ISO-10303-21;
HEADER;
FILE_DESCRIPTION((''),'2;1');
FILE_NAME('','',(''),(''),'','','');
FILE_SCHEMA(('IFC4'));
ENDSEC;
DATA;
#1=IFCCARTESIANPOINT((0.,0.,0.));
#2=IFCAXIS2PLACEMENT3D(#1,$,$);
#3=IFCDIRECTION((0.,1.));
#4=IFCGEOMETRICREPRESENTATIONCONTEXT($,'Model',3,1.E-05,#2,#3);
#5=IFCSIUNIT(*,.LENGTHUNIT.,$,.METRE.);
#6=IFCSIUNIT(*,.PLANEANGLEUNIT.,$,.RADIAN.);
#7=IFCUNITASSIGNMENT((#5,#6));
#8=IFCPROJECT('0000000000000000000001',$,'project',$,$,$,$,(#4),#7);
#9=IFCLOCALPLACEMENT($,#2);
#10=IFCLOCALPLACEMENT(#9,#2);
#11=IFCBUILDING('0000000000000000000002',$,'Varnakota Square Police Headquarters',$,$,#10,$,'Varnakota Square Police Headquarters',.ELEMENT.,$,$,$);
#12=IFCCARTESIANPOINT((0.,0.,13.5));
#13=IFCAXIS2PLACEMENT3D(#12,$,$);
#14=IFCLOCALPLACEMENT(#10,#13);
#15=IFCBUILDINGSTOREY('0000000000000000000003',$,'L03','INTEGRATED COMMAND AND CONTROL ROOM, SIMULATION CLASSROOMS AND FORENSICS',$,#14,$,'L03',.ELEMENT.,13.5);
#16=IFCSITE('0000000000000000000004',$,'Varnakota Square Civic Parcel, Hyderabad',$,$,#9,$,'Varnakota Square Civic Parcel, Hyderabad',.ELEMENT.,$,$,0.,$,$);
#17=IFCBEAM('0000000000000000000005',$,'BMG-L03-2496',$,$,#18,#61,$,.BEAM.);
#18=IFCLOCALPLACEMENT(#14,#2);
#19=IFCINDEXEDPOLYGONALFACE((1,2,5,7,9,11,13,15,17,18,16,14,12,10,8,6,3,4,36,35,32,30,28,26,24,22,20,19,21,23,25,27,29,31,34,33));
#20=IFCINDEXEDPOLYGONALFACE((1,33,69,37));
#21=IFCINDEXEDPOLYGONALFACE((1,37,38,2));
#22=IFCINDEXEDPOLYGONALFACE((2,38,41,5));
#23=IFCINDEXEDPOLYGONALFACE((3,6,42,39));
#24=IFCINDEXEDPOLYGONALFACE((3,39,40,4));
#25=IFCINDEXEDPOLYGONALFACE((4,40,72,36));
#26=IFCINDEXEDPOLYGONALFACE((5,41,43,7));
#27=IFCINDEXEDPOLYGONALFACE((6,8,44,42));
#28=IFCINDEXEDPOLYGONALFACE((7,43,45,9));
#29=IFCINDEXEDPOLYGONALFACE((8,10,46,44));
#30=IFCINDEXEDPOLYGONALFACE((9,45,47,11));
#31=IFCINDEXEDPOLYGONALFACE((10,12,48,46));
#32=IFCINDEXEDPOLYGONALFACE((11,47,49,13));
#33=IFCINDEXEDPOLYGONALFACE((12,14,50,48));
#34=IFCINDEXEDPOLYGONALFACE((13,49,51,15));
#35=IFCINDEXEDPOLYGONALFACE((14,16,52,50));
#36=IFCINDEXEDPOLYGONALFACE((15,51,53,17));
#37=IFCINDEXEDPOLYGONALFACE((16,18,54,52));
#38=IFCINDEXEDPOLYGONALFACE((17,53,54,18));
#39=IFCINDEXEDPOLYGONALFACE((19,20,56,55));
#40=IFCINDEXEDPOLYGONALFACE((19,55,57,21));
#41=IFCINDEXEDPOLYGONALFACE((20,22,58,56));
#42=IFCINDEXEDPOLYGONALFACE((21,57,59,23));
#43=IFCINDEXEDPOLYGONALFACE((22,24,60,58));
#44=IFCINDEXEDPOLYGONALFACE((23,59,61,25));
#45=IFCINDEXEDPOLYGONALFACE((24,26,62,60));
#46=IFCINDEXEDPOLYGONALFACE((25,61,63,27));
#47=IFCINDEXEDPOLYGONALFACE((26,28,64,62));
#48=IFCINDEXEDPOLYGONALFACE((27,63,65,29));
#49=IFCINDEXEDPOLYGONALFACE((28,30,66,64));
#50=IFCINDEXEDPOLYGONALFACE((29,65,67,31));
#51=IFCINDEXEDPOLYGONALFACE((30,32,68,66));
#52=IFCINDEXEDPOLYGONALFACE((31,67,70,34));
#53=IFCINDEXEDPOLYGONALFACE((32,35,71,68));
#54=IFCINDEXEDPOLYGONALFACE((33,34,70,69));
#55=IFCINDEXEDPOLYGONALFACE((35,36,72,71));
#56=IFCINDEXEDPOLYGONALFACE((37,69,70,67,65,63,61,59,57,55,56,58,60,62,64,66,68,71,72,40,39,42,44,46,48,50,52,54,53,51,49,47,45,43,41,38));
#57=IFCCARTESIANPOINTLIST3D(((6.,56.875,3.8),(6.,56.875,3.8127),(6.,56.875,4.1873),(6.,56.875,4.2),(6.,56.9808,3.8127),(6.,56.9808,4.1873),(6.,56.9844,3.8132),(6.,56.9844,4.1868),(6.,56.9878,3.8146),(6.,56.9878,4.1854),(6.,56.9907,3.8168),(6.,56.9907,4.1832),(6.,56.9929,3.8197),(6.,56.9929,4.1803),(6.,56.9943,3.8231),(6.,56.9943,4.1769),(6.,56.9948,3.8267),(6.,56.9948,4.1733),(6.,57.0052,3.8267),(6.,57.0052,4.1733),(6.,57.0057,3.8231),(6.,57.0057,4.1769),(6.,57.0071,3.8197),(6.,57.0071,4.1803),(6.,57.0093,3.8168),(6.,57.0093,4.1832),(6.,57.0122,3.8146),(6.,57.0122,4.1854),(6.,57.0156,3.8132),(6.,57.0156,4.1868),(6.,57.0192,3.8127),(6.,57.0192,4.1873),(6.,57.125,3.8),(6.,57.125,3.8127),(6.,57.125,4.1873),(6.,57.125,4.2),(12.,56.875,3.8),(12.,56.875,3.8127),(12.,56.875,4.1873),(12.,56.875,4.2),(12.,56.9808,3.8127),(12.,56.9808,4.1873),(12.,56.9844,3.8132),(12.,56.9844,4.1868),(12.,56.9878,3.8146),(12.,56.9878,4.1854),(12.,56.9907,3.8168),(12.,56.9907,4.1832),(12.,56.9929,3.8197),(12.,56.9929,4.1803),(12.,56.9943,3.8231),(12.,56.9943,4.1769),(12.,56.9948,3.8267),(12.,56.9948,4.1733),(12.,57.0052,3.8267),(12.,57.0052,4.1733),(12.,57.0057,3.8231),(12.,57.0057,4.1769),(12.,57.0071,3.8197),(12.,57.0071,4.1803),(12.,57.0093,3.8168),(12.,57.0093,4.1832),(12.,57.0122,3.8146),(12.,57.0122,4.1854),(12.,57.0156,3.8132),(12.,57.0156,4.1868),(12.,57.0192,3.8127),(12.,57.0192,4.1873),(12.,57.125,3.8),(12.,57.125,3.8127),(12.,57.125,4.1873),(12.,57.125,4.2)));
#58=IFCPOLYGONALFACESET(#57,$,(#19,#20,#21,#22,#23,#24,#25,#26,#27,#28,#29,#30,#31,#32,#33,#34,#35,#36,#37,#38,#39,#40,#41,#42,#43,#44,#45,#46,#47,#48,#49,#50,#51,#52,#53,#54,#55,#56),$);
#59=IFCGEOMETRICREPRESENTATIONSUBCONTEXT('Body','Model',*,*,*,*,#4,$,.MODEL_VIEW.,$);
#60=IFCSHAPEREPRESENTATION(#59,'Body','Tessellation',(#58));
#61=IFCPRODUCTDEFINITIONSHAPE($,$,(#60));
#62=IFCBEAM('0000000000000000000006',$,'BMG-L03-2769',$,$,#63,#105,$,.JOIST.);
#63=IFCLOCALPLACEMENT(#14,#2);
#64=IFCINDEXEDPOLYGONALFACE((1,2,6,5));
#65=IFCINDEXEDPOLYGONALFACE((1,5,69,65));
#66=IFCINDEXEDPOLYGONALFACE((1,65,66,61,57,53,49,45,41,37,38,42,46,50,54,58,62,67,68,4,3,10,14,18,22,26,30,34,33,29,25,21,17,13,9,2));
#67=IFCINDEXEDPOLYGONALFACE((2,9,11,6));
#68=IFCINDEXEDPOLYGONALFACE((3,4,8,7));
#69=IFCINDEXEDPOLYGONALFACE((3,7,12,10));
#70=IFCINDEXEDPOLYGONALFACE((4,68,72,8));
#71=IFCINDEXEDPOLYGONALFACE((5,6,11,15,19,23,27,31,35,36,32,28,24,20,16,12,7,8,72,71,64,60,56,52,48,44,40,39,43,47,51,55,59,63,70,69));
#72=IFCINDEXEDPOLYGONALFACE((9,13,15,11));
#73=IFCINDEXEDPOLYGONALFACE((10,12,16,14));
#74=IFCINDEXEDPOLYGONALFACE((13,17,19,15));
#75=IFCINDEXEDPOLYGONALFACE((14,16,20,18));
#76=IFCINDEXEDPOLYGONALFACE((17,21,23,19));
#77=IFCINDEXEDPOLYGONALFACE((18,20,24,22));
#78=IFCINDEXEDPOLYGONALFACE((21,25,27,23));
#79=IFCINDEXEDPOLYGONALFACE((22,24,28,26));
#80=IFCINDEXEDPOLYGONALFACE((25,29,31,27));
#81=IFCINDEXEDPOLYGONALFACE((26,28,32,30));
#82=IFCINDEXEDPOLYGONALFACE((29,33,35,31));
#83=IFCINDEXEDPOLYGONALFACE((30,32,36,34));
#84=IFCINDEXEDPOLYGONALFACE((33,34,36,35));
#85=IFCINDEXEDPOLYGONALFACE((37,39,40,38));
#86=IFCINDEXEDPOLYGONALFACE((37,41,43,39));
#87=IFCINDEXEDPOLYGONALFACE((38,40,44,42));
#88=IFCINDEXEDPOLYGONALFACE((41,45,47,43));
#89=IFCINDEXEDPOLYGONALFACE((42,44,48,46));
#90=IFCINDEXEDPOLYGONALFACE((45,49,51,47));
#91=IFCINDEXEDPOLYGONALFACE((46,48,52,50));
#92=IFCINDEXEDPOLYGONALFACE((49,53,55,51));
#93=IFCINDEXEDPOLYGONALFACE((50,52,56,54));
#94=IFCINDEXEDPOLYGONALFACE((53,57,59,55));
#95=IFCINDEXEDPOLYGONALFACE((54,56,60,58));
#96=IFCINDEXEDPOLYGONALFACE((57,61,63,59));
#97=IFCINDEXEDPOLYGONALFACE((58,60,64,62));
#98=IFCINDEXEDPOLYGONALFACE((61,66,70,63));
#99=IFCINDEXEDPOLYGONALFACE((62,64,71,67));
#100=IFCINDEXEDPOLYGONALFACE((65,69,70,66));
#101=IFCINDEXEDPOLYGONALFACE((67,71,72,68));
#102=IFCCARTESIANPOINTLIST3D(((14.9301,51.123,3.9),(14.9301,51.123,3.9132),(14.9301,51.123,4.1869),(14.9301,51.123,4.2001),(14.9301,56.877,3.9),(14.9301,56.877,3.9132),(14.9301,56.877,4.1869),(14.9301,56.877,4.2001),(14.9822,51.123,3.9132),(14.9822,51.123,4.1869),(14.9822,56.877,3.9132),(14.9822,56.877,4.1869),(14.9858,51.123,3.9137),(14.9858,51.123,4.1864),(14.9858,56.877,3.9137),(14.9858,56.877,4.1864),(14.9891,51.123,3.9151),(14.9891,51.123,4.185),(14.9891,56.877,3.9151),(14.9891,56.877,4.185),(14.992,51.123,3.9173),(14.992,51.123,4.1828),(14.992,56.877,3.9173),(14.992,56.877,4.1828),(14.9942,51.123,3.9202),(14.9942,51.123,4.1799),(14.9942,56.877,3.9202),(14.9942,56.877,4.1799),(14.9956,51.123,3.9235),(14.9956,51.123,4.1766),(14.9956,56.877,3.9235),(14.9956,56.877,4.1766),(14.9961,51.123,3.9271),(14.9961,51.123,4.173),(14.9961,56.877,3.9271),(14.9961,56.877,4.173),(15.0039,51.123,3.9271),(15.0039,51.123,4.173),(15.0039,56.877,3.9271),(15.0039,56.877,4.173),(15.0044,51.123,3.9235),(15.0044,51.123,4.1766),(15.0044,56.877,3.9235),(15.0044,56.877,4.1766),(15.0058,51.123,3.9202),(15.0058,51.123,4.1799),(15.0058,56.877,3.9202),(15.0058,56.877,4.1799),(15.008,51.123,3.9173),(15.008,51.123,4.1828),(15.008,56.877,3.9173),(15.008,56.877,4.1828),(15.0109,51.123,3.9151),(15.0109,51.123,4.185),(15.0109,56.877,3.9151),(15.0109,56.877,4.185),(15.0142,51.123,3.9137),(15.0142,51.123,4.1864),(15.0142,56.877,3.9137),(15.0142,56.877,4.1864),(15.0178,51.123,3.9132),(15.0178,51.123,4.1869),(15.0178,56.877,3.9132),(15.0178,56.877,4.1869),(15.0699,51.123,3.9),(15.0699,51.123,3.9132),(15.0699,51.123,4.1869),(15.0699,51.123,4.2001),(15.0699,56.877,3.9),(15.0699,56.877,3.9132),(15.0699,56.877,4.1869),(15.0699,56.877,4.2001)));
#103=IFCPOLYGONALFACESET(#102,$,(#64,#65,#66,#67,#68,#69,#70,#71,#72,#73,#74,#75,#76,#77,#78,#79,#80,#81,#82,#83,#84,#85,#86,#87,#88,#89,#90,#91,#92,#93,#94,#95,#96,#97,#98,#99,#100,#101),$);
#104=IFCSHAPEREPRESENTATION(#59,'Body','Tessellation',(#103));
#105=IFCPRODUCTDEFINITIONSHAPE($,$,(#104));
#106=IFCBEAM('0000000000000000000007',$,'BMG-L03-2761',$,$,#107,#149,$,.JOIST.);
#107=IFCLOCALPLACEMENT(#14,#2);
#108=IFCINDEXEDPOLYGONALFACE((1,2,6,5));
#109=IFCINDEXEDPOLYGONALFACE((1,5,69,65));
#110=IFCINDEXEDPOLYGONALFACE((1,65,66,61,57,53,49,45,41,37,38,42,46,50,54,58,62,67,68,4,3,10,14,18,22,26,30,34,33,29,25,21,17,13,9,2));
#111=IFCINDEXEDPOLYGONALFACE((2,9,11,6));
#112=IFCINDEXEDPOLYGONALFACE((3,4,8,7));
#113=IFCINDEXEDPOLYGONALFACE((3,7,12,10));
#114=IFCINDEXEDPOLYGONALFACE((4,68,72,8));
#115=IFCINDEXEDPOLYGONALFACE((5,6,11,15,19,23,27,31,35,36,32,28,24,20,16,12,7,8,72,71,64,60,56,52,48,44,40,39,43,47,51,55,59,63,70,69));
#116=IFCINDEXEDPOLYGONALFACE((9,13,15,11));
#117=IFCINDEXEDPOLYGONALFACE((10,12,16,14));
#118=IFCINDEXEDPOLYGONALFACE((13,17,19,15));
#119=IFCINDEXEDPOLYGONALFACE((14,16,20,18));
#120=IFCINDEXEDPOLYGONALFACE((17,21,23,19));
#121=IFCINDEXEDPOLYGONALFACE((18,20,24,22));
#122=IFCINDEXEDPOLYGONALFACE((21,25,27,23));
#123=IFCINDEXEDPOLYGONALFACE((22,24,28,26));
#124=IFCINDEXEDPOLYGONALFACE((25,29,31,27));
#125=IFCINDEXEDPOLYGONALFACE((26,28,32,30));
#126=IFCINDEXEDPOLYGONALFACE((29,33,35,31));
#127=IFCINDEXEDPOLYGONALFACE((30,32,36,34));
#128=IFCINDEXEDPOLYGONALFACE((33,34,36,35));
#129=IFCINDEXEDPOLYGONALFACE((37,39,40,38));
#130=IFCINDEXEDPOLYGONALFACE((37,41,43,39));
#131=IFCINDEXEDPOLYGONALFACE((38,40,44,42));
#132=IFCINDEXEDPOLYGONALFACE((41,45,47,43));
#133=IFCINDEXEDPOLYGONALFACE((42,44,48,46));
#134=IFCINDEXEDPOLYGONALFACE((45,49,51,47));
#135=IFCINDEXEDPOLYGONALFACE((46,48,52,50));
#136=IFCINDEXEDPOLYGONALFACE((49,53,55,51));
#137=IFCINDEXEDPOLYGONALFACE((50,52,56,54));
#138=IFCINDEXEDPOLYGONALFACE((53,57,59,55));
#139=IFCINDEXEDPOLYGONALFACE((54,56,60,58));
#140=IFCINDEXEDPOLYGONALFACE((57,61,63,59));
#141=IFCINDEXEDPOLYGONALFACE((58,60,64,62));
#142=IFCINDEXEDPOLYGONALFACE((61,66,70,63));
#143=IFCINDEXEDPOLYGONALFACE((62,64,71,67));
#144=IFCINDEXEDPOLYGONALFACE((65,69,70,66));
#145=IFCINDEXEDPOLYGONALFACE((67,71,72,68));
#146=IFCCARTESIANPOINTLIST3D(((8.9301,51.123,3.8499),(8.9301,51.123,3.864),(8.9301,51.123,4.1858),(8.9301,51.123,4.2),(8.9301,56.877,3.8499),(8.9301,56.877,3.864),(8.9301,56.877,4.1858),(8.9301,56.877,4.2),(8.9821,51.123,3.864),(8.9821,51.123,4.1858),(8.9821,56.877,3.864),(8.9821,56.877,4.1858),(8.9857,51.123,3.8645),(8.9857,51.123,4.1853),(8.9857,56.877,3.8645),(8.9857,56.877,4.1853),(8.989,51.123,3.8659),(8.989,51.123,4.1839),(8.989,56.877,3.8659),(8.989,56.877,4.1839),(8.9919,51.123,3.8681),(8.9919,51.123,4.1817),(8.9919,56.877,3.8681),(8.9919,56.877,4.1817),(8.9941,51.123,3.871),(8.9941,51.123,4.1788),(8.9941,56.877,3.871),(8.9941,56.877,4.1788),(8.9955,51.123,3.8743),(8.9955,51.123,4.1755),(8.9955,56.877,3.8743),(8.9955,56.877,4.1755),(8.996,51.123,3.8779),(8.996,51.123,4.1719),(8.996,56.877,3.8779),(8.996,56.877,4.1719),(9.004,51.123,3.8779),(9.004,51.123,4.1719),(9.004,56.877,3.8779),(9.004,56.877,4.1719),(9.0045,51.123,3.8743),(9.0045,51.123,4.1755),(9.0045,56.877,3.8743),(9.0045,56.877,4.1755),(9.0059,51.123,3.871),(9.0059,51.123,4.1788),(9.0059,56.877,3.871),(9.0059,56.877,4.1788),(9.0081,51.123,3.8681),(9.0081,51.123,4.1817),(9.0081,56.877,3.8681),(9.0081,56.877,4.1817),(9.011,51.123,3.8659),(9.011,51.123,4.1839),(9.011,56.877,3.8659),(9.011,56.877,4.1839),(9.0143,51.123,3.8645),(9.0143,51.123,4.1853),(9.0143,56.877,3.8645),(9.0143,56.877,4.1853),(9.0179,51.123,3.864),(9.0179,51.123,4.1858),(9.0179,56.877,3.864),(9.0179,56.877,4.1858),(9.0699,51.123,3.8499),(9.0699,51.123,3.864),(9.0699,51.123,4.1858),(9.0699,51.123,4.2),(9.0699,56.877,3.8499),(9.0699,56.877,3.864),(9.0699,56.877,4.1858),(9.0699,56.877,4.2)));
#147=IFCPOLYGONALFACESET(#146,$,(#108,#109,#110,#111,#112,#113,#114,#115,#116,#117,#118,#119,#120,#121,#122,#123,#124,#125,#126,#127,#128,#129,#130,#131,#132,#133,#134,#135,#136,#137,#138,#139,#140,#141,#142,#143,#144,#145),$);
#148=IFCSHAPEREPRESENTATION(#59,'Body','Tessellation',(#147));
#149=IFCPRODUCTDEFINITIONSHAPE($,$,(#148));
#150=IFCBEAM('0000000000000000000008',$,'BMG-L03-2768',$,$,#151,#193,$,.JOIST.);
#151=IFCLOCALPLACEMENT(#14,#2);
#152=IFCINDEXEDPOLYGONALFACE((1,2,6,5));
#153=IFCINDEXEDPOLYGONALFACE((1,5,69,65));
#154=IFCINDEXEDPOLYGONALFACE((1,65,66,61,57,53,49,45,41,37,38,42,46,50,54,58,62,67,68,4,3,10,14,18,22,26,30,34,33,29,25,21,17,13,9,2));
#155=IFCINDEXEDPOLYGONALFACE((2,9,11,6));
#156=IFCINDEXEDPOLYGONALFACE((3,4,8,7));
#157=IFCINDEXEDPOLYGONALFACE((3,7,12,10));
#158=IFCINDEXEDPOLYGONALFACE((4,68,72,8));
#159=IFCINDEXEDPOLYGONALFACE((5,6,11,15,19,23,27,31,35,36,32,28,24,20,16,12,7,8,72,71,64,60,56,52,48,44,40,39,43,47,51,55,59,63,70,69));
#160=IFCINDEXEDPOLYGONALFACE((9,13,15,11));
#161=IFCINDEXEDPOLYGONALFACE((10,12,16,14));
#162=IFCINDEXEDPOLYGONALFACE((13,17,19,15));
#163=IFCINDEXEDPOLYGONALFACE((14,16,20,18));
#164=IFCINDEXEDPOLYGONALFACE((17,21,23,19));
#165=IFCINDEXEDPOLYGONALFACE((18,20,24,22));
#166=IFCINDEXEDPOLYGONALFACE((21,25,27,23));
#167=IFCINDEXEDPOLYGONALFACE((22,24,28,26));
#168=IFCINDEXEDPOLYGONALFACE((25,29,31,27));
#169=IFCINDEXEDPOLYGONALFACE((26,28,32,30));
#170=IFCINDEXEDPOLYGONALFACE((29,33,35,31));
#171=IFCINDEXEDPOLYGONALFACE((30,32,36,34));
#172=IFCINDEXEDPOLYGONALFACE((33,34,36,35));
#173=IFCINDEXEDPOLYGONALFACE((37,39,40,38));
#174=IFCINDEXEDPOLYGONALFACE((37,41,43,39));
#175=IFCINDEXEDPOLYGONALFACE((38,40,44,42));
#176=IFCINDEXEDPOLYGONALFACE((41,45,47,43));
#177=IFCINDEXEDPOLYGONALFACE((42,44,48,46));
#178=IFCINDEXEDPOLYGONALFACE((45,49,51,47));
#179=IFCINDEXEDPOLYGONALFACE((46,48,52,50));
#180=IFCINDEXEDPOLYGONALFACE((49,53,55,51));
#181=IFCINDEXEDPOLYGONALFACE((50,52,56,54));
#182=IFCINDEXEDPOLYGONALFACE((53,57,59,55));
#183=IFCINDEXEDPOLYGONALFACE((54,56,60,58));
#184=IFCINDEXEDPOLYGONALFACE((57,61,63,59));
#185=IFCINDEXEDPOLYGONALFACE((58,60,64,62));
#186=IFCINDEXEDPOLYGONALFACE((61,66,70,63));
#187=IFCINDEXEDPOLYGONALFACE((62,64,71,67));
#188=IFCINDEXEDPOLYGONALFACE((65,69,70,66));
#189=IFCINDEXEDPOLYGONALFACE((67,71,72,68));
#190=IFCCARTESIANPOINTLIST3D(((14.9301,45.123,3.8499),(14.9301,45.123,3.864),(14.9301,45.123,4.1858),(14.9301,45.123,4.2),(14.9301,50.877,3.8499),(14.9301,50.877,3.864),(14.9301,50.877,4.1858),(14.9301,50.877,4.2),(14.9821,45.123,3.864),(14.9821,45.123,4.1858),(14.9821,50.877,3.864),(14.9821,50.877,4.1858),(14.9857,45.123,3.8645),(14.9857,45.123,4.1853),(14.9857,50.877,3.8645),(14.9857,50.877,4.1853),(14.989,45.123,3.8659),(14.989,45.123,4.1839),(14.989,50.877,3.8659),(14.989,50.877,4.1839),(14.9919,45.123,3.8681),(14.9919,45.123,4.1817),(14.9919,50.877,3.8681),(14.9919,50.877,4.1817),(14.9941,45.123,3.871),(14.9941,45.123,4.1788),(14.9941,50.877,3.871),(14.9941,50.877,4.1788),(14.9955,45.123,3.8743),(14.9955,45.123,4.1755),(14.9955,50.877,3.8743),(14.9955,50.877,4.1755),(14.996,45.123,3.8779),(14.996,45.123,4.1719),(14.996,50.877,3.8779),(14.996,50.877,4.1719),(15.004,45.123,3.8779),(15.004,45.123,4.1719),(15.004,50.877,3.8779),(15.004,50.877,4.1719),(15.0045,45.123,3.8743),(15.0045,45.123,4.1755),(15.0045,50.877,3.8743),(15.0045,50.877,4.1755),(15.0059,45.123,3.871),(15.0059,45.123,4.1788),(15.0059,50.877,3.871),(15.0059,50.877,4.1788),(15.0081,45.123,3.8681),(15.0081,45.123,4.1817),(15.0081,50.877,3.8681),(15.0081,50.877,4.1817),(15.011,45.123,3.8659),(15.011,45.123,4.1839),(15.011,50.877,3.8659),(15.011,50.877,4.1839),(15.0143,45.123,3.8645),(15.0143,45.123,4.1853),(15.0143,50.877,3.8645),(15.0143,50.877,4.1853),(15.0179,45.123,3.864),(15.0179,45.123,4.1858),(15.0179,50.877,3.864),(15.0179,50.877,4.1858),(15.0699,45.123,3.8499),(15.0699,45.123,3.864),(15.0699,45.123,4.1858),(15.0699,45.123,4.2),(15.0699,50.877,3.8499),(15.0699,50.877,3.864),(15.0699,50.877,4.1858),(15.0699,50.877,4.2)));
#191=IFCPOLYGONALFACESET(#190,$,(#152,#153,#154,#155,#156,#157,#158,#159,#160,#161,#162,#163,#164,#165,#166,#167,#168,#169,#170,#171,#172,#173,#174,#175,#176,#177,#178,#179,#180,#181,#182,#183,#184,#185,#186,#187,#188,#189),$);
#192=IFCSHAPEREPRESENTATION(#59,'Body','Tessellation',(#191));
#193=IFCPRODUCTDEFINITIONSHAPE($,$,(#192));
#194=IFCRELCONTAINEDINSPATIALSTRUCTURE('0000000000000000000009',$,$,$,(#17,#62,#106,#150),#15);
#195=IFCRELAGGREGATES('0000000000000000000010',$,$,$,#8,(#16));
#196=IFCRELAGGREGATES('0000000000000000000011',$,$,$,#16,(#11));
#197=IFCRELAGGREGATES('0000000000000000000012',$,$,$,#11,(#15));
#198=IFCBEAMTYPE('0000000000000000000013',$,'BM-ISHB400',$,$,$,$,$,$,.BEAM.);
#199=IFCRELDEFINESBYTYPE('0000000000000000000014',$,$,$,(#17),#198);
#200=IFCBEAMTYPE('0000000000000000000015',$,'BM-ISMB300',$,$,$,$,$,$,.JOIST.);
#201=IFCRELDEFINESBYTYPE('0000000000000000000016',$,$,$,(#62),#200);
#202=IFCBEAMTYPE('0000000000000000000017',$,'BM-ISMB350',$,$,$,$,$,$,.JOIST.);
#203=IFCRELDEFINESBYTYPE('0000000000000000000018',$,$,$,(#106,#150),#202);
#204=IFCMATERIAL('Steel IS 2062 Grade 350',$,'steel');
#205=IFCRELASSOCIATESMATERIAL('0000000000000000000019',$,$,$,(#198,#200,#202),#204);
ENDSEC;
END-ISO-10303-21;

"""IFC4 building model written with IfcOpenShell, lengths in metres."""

from ifc_helpers import new_model, si_unit, direction, frame, origin, origin_2d, place, context, subcontext, project, spatial, i_section, extrude, material, material_profile, profile_set, type_object, element, save


model = new_model("IFC4")

# Units and contexts
model_context = context("Model", 3, precision=1e-05, world=origin(), true_north=direction((0.0, 1.0)))
body_context = subcontext(model_context, "Body", "Model", "MODEL_VIEW")
ifc_project = project(units=[si_unit("LENGTHUNIT", "METRE"), si_unit("PLANEANGLEUNIT", "RADIAN")], contexts=[model_context])

# Site, building, storey
site_placement = place(None, origin())
site = spatial("IfcSite", under=ifc_project, at=site_placement, Name="Varnakota Square Civic Parcel, Hyderabad", LongName="Varnakota Square Civic Parcel, Hyderabad", CompositionType="ELEMENT", RefElevation=0.0)
building_placement = place(site_placement, origin())
building = spatial("IfcBuilding", under=site, at=building_placement, Name="Varnakota Square Police Headquarters", LongName="Varnakota Square Police Headquarters", CompositionType="ELEMENT")
storey_placement = place(building_placement, frame((0.0, 0.0, 13.5)))
storey = spatial("IfcBuildingStorey", under=building, at=storey_placement, Name="L03", Description="INTEGRATED COMMAND AND CONTROL ROOM, SIMULATION CLASSROOMS AND FORENSICS", LongName="L03", CompositionType="ELEMENT", Elevation=13.5)

# Shared definitions
ifc_material_1 = material(Name="Steel IS 2062 Grade 350", Category="steel")

# Beams
ifc_material_profile_1 = material_profile(ifc_material_1, i_section(OverallWidth=0.25, OverallDepth=0.3999, WebThickness=0.0105, FlangeThickness=0.0127, FilletRadius=0.0139, at=origin_2d()), Name="ISHB 400")
ifc_profile_set_1 = profile_set([ifc_material_profile_1], Name="Steel IS 2062 Grade 350")
beam_type_1 = type_object("IfcBeamType", Name="BM-ISHB400", PredefinedType="BEAM", material=ifc_profile_set_1)
for number, where, z_axis, x_axis, name in (
    (1, (6.0, 57.0, 4.0), (1.0, 0.0, 0.0), (0.0, 1.0, 0.0), "BMG-L03-2496"),
):
    element("IfcBeam", number, at=place(storey_placement, frame(where, z_axis=z_axis, x_axis=x_axis)), inside=storey, type_object=beam_type_1, Name=name, PredefinedType="BEAM", context=body_context, shape_type="SweptSolid", body=[
        extrude(i_section(OverallWidth=0.25, OverallDepth=0.3999, WebThickness=0.0105, FlangeThickness=0.0127, FilletRadius=0.0139, at=origin_2d()), origin(), (0.0, 0.0, 1.0), 6.0),
    ])
ifc_material_profile_2 = material_profile(ifc_material_1, i_section(OverallWidth=0.1399, OverallDepth=0.3, WebThickness=0.0078, FlangeThickness=0.0132, FilletRadius=0.0139, at=origin_2d()), Name="ISMB 300")
ifc_profile_set_2 = profile_set([ifc_material_profile_2], Name="Steel IS 2062 Grade 350")
beam_type_2 = type_object("IfcBeamType", Name="BM-ISMB300", PredefinedType="JOIST", material=ifc_profile_set_2)
beam_1_placement = place(storey_placement, frame((15.0, 51.123, 4.05), z_axis=(0.0, 1.0, 0.0), x_axis=(-1.0, 0.0, 0.0)))
element("IfcBeam", 2, at=beam_1_placement, inside=storey, type_object=beam_type_2, Name="BMG-L03-2769", PredefinedType="JOIST", context=body_context, shape_type="SweptSolid", body=[
    extrude(i_section(OverallWidth=0.1399, OverallDepth=0.3, WebThickness=0.0078, FlangeThickness=0.0132, FilletRadius=0.0139, at=origin_2d()), origin(), (0.0, 0.0, 1.0), 5.7539),
])
ifc_material_profile_3 = material_profile(ifc_material_1, i_section(OverallWidth=0.1399, OverallDepth=0.3501, WebThickness=0.0081, FlangeThickness=0.0142, FilletRadius=0.0139, at=origin_2d()), Name="ISMB 350")
ifc_profile_set_3 = profile_set([ifc_material_profile_3], Name="Steel IS 2062 Grade 350")
beam_type_3 = type_object("IfcBeamType", Name="BM-ISMB350", PredefinedType="JOIST", material=ifc_profile_set_3)
for number, where, z_axis, x_axis, name in (
    (3, (9.0, 51.123, 4.0249), (0.0, 1.0, 0.0), (-1.0, 0.0, 0.0), "BMG-L03-2761"),
    (4, (15.0, 45.123, 4.0249), (0.0, 1.0, 0.0), (-1.0, 0.0, 0.0), "BMG-L03-2768"),
):
    element("IfcBeam", number, at=place(storey_placement, frame(where, z_axis=z_axis, x_axis=x_axis)), inside=storey, type_object=beam_type_3, Name=name, PredefinedType="JOIST", context=body_context, shape_type="SweptSolid", body=[
        extrude(i_section(OverallWidth=0.1399, OverallDepth=0.3501, WebThickness=0.0081, FlangeThickness=0.0142, FilletRadius=0.0139, at=origin_2d()), origin(), (0.0, 0.0, 1.0), 5.7539),
    ])

save(model, "model.ifc")
